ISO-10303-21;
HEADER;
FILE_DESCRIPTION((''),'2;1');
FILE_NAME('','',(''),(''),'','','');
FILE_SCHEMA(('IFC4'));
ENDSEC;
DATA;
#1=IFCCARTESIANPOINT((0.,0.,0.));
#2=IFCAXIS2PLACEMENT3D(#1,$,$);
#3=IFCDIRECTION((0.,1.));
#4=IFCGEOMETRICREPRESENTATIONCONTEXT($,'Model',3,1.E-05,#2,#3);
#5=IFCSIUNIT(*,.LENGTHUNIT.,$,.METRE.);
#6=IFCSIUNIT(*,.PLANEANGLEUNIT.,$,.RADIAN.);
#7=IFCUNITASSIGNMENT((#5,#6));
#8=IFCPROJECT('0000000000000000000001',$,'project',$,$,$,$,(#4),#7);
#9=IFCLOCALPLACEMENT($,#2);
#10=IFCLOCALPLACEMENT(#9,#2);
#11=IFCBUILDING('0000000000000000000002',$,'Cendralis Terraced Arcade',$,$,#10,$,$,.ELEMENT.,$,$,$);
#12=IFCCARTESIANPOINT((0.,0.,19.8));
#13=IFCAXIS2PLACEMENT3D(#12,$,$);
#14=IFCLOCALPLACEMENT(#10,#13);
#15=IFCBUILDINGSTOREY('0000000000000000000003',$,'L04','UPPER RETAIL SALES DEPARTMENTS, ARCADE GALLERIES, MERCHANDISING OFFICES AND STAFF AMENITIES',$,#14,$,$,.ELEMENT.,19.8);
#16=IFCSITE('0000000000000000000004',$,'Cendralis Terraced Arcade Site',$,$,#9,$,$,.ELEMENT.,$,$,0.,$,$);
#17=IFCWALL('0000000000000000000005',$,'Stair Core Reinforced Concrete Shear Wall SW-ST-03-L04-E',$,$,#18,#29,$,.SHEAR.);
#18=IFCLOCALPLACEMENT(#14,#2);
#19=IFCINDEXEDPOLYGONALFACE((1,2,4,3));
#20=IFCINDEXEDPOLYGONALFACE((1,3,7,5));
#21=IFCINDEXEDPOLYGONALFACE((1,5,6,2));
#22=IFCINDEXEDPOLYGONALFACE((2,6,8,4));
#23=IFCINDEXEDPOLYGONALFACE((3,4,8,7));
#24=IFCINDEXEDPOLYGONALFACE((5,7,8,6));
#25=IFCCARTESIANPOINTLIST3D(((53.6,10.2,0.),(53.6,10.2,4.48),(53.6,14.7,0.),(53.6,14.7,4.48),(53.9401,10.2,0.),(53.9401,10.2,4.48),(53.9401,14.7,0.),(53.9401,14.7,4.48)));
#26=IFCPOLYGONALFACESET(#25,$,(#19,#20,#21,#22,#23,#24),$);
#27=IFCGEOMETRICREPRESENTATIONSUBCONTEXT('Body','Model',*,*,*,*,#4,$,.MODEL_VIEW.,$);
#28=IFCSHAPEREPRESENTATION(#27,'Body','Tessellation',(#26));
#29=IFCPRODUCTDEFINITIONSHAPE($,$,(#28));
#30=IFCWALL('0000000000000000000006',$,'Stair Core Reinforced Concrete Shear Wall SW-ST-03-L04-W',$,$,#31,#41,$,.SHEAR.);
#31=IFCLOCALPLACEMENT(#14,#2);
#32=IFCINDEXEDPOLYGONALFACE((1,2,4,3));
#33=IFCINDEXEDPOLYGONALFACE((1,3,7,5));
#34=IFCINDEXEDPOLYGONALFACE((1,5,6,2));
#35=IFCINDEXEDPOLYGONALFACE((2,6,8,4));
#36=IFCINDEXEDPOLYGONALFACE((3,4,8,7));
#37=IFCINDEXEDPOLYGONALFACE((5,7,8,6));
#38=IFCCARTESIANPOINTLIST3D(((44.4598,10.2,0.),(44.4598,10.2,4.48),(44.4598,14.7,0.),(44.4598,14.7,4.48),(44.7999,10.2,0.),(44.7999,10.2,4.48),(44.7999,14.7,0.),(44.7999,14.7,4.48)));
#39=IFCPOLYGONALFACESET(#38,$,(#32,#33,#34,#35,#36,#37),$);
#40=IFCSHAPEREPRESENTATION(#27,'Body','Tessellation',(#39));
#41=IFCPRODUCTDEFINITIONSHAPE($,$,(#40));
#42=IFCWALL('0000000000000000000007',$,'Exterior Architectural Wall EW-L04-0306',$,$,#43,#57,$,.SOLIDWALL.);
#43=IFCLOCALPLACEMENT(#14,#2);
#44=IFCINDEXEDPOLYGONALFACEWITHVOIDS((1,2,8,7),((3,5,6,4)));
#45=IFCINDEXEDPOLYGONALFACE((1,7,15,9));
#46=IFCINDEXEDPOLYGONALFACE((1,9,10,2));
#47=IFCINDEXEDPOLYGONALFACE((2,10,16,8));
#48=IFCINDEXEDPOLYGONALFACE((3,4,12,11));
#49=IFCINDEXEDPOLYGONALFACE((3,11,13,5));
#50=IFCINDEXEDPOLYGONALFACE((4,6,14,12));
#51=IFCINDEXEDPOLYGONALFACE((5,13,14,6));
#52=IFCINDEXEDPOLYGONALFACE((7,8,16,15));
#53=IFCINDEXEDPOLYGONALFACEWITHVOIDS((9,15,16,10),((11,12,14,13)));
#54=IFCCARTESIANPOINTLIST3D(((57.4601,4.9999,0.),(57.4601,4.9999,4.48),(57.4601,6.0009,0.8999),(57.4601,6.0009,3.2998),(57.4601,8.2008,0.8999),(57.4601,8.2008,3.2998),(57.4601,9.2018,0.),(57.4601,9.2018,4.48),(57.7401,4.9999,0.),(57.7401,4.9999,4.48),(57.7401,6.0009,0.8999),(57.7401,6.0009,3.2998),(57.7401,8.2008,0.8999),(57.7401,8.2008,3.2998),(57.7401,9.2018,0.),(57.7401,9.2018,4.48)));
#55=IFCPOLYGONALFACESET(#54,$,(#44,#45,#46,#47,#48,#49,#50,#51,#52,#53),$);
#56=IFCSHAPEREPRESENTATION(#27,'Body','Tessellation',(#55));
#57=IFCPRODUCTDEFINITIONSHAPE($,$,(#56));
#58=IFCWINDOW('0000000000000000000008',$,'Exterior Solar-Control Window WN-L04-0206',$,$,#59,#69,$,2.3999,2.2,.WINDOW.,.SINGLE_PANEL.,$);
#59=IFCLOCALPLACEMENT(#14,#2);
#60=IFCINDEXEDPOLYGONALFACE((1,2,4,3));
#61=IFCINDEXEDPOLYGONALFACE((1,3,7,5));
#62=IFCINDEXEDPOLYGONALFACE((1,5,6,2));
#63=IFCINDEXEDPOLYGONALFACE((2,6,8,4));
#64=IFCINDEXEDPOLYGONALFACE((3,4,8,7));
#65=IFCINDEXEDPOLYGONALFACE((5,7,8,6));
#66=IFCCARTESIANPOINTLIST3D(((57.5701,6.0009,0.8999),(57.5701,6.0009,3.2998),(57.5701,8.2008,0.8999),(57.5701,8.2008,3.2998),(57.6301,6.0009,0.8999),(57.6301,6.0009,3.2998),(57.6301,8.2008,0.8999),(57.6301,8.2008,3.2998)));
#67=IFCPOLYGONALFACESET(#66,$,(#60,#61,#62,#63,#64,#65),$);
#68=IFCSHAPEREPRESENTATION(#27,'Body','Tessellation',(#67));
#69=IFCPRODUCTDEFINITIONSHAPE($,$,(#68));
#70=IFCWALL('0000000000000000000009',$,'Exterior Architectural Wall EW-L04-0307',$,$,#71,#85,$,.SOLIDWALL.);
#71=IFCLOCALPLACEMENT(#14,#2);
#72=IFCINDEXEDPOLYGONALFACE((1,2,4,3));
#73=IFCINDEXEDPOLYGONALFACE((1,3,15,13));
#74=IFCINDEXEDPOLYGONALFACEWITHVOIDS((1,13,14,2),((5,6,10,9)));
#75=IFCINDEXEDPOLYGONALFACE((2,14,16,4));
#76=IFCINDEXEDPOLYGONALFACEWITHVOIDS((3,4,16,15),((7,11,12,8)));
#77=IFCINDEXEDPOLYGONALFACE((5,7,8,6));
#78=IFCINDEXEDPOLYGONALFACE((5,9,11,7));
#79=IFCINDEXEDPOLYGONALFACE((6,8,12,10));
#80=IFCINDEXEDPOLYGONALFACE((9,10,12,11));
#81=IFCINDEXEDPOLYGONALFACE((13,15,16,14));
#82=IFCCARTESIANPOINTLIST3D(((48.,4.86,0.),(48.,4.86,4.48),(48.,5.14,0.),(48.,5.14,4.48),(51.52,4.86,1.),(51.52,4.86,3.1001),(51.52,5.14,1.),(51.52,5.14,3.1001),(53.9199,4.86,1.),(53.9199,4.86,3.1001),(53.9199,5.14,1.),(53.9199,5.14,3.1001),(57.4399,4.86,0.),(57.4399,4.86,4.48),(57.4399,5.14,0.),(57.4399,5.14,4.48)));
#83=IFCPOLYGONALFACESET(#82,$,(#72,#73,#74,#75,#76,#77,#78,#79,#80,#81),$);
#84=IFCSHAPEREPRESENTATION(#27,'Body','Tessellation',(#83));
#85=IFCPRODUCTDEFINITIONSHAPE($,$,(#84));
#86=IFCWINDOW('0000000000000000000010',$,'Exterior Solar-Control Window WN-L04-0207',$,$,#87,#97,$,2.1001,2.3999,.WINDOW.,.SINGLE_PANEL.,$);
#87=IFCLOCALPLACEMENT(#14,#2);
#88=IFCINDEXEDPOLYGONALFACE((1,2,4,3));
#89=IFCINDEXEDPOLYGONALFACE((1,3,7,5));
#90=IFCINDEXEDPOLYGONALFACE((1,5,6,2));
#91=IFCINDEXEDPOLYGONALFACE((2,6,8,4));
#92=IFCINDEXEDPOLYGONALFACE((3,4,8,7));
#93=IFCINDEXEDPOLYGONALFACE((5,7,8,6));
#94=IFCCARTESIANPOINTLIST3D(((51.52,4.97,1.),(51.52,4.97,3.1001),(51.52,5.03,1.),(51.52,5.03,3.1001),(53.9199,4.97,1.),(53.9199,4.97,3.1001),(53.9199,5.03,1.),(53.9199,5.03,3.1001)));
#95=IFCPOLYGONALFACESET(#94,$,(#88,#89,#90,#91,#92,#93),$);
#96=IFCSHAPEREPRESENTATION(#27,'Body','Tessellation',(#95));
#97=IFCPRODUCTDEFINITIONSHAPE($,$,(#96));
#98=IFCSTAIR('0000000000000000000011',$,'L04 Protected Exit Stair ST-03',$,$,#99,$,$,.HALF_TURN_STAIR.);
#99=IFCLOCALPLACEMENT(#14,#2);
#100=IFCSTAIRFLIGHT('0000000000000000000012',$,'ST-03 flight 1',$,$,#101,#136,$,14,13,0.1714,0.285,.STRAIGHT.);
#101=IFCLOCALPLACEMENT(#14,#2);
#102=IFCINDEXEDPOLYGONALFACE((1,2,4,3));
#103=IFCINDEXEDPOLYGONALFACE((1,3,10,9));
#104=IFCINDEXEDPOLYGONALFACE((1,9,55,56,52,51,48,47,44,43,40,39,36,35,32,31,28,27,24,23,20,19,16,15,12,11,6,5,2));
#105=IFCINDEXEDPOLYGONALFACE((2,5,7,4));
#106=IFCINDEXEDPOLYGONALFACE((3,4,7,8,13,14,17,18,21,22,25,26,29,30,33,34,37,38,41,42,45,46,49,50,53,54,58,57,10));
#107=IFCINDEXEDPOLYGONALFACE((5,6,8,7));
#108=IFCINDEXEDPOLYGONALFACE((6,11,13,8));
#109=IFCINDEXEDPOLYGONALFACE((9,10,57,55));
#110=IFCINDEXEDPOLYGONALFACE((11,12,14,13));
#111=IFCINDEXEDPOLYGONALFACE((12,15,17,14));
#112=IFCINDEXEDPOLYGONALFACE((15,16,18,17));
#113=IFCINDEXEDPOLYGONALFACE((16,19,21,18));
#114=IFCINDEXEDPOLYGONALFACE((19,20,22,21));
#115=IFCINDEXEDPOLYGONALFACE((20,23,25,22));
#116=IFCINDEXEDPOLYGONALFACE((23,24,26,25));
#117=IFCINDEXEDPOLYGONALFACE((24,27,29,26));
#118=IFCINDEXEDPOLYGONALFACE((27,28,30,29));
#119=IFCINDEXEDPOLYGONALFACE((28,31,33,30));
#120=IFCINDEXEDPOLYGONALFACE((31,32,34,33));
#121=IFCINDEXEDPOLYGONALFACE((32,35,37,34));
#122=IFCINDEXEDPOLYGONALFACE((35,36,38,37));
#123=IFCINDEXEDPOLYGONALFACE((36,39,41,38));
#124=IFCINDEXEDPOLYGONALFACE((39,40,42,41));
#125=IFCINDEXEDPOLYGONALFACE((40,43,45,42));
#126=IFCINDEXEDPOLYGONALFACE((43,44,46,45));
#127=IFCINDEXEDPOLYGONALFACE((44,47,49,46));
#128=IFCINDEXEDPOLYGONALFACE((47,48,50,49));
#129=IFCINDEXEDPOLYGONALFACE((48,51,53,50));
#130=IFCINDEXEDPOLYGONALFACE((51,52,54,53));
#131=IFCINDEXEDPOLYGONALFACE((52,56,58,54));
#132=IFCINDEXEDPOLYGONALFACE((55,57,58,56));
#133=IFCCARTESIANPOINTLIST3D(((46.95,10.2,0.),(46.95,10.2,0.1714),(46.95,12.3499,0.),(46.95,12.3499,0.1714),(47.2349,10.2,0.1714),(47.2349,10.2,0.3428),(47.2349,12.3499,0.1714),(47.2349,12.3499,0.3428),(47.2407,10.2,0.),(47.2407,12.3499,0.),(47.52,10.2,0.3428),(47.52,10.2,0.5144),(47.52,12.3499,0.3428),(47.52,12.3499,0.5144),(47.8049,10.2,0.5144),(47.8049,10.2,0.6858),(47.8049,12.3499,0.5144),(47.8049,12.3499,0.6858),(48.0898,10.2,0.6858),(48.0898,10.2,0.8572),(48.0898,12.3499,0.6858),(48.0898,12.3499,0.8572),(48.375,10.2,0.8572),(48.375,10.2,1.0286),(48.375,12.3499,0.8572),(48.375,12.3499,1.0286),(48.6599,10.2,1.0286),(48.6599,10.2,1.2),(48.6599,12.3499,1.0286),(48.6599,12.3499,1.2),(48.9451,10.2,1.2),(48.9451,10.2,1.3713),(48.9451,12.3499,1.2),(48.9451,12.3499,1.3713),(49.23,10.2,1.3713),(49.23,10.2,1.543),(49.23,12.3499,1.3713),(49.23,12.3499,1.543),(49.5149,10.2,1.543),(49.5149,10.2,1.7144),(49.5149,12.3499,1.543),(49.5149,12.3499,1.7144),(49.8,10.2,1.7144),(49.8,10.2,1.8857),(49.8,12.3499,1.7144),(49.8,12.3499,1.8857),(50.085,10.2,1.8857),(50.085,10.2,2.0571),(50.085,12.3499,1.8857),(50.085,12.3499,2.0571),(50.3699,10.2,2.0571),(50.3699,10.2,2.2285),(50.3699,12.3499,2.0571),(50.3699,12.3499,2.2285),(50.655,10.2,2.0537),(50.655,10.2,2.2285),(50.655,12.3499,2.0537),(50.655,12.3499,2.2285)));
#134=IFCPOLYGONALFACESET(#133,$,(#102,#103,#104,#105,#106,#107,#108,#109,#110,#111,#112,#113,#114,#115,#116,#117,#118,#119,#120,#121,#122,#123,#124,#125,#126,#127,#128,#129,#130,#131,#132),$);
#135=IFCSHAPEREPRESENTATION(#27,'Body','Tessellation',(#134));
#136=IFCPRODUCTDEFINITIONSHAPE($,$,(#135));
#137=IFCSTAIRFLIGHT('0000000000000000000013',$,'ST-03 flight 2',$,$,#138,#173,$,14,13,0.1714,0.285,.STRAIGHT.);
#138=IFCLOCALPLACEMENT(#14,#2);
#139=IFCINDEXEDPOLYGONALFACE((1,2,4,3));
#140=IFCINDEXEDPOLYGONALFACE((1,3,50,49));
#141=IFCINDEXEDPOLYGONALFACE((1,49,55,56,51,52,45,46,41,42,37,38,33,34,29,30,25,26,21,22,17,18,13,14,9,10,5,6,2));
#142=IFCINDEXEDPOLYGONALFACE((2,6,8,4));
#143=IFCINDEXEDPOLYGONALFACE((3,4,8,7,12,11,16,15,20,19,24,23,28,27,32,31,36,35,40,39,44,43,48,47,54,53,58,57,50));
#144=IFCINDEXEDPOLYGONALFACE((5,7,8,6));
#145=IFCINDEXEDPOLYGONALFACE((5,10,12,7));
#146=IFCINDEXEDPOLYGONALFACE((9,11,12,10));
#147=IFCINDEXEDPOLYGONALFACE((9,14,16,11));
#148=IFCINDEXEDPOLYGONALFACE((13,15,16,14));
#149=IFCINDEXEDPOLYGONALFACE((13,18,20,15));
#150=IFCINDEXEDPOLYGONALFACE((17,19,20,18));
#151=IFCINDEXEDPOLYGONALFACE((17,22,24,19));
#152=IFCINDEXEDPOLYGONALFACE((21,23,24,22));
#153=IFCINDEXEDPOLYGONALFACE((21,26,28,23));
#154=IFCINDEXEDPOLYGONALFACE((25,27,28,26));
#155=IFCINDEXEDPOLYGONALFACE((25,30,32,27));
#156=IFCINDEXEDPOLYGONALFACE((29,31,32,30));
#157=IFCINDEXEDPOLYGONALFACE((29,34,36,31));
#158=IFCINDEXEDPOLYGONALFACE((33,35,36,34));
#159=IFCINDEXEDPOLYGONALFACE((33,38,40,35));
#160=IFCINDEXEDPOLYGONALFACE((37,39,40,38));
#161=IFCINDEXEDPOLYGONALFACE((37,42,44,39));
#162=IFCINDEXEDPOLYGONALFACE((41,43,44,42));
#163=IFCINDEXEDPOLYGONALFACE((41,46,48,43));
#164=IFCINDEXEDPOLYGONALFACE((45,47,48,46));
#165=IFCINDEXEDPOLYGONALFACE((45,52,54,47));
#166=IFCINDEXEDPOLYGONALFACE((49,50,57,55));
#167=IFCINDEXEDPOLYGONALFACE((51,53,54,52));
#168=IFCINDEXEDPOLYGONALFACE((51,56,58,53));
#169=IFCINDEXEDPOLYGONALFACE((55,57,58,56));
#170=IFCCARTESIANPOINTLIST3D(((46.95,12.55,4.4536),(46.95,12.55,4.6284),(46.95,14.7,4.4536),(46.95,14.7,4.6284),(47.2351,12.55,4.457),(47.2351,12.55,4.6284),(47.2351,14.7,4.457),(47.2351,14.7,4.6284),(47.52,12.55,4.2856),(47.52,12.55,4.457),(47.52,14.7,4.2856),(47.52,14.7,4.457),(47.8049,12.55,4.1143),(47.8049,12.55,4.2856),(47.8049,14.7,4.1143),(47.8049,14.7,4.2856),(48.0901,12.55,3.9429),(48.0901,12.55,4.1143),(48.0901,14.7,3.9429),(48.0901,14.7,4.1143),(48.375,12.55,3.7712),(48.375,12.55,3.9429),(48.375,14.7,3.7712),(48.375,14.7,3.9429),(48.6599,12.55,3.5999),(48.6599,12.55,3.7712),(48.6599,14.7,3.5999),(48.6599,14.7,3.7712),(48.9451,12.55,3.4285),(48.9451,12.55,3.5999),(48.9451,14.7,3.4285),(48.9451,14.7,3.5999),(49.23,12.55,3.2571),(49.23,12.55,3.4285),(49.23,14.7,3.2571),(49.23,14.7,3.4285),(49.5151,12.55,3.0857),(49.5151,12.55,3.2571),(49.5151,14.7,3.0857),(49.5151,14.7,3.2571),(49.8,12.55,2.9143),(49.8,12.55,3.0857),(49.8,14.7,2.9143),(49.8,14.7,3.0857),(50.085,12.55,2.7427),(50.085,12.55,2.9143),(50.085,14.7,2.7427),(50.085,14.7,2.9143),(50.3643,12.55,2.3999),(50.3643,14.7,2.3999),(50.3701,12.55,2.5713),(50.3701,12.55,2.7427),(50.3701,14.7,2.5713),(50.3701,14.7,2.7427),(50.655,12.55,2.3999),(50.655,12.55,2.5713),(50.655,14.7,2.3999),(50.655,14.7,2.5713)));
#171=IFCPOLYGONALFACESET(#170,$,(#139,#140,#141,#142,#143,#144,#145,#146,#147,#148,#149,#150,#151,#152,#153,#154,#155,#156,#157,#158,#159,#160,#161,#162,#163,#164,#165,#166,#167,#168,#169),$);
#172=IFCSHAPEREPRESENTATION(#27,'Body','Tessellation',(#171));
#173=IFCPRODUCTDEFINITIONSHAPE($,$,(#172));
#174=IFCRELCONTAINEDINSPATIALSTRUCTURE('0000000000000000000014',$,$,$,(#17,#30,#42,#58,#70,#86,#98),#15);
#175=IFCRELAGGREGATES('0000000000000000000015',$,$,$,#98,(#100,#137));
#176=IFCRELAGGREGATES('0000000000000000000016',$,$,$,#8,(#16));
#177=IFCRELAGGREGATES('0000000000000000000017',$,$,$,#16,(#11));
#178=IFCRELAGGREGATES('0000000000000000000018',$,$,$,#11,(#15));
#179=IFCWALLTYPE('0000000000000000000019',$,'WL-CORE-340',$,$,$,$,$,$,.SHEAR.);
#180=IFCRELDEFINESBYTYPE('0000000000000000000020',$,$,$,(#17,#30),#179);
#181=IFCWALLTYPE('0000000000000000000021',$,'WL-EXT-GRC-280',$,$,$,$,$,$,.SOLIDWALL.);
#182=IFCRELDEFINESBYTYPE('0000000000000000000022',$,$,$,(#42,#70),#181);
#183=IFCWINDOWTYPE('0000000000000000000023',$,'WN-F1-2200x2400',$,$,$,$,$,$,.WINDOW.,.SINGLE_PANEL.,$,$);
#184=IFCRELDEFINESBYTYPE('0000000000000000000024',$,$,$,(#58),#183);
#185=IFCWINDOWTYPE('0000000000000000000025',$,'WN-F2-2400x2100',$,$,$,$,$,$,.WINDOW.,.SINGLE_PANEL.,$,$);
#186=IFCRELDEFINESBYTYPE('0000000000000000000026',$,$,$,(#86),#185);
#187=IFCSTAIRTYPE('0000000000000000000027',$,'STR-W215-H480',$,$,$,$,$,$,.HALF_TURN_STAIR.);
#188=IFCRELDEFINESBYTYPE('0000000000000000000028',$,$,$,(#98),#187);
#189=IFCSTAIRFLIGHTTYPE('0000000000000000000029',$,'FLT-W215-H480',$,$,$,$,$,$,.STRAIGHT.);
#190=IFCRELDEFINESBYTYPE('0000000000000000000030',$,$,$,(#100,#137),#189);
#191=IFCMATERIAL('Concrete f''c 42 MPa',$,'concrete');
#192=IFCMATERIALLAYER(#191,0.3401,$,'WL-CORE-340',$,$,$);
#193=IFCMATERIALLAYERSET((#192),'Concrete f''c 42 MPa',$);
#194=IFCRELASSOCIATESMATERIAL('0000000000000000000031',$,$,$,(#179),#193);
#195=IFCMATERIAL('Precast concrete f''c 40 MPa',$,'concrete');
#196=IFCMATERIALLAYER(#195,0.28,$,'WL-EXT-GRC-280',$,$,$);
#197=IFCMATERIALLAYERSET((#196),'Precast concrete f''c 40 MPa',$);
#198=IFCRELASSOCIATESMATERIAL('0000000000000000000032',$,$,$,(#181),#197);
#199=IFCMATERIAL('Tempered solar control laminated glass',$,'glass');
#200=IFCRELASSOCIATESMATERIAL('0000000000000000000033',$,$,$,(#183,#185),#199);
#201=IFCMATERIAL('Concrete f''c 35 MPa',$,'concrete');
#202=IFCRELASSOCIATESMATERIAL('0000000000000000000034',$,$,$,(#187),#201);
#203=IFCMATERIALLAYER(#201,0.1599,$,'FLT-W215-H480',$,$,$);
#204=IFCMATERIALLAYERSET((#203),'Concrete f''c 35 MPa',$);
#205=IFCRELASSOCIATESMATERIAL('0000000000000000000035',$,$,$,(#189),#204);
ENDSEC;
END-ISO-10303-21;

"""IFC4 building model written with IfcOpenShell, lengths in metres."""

from ifc_helpers import new_model, si_unit, direction, frame, frame_2d, origin, place, context, subcontext, project, spatial, polyline, rectangle, outline, extrude, material, layer, layer_set, type_object, element, fill, aggregate, save


model = new_model("IFC4")

# Units and contexts
model_context = context("Model", 3, precision=1e-05, world=origin(), true_north=direction((0.0, 1.0)))
body_context = subcontext(model_context, "Body", "Model", "MODEL_VIEW")
ifc_project = project(units=[si_unit("LENGTHUNIT", "METRE"), si_unit("PLANEANGLEUNIT", "RADIAN")], contexts=[model_context])

# Site, building, storey
site_placement = place(None, origin())
site = spatial("IfcSite", under=ifc_project, at=site_placement, Name="Cendralis Terraced Arcade Site", CompositionType="ELEMENT", RefElevation=0.0)
building_placement = place(site_placement, origin())
building = spatial("IfcBuilding", under=site, at=building_placement, Name="Cendralis Terraced Arcade", CompositionType="ELEMENT")
storey_placement = place(building_placement, frame((0.0, 0.0, 19.8)))
storey = spatial("IfcBuildingStorey", under=building, at=storey_placement, Name="L04", Description="UPPER RETAIL SALES DEPARTMENTS, ARCADE GALLERIES, MERCHANDISING OFFICES AND STAFF AMENITIES", CompositionType="ELEMENT", Elevation=19.8)

# Shared definitions
ifc_material_1 = material(Name="Concrete f'c 42 MPa", Category="concrete")

# Shared definitions
ifc_material_2 = material(Name="Concrete f'c 35 MPa", Category="concrete")

# Shared definitions
ifc_material_3 = material(Name="Tempered solar control laminated glass", Category="glass")

# Walls
ifc_layer_1 = layer(ifc_material_1, 0.3401, Name="WL-CORE-340")
ifc_layer_set_1 = layer_set([ifc_layer_1], Name="Concrete f'c 42 MPa")
wall_type_1 = type_object("IfcWallType", Name="WL-CORE-340", PredefinedType="SHEAR", material=ifc_layer_set_1)
for number, where, z_axis, x_axis, name in (
    (1, (53.77, 10.2, 0.0), (0.0, 0.0, 1.0), (0.0, 1.0, 0.0), "Stair Core Reinforced Concrete Shear Wall SW-ST-03-L04-E"),
    (2, (44.6299, 10.2, 0.0), (0.0, 0.0, 1.0), (0.0, 1.0, 0.0), "Stair Core Reinforced Concrete Shear Wall SW-ST-03-L04-W"),
):
    element("IfcWall", number, at=place(storey_placement, frame(where, z_axis=z_axis, x_axis=x_axis)), inside=storey, type_object=wall_type_1, Name=name, PredefinedType="SHEAR", context=body_context, shape_type="SweptSolid", body=[
        extrude(rectangle(XDim=4.5, YDim=0.3401, at=frame_2d((2.25, 0.0))), origin(), (0.0, 0.0, 1.0), 4.48),
    ])

# Walls, openings, windows
ifc_material_4 = material(Name="Precast concrete f'c 40 MPa", Category="concrete")
ifc_layer_2 = layer(ifc_material_4, 0.28, Name="WL-EXT-GRC-280")
ifc_layer_set_2 = layer_set([ifc_layer_2], Name="Precast concrete f'c 40 MPa")
wall_type_2 = type_object("IfcWallType", Name="WL-EXT-GRC-280", PredefinedType="SOLIDWALL", material=ifc_layer_set_2)
wall_1_placement = place(storey_placement, frame((57.6001, 9.2019, 0.0), z_axis=(0.0, 0.0, 1.0), x_axis=(0.0, -1.0, 0.0)))
wall_1 = element("IfcWall", 3, at=wall_1_placement, inside=storey, type_object=wall_type_2, Name="Exterior Architectural Wall EW-L04-0306", PredefinedType="SOLIDWALL", context=body_context, shape_type="SweptSolid", body=[
    extrude(rectangle(XDim=4.2019, YDim=0.28, at=frame_2d((2.1011, 0.0))), origin(), (0.0, 0.0, 1.0), 4.48),
])
opening_1_placement = place(wall_1_placement, frame((1.001, 0.0, 0.8999)))
opening_1 = element("IfcOpeningElement", 4, at=opening_1_placement, cuts=wall_1, PredefinedType="OPENING", context=body_context, shape_type="SweptSolid", body=[
    extrude(rectangle(XDim=2.2, YDim=2.3999, at=frame_2d((1.1001, 1.2))), frame((0.0, 0.1519, 0.0), z_axis=(0.0, -1.0, 0.0), x_axis=(1.0, 0.0, 0.0)), (0.0, 0.0, 1.0), 0.304),
])
window_type_1 = type_object("IfcWindowType", Name="WN-F1-2200x2400", PartitioningType="SINGLE_PANEL", PredefinedType="WINDOW", material=ifc_material_3)
window_1_placement = place(opening_1_placement, origin())
window_1 = element("IfcWindow", 5, at=window_1_placement, inside=storey, type_object=window_type_1, Name="Exterior Solar-Control Window WN-L04-0206", OverallHeight=2.3999, OverallWidth=2.2, PartitioningType="SINGLE_PANEL", PredefinedType="WINDOW", context=body_context, shape_type="SweptSolid", body=[
    extrude(rectangle(XDim=2.2, YDim=2.3999, at=frame_2d((1.1001, 1.2))), frame((0.0, 0.03, 0.0), z_axis=(0.0, -1.0, 0.0), x_axis=(1.0, 0.0, 0.0)), (0.0, 0.0, 1.0), 0.0601),
])
fill(opening_1, window_1)
wall_2_placement = place(storey_placement, frame((57.4399, 5.0, 0.0), z_axis=(0.0, 0.0, 1.0), x_axis=(-1.0, 0.0, 0.0)))
wall_2 = element("IfcWall", 6, at=wall_2_placement, inside=storey, type_object=wall_type_2, Name="Exterior Architectural Wall EW-L04-0307", PredefinedType="SOLIDWALL", context=body_context, shape_type="SweptSolid", body=[
    extrude(rectangle(XDim=9.4399, YDim=0.28, at=frame_2d((4.72, 0.0))), origin(), (0.0, 0.0, 1.0), 4.48),
])
opening_2_placement = place(wall_2_placement, frame((3.52, 0.0, 1.0)))
opening_2 = element("IfcOpeningElement", 7, at=opening_2_placement, cuts=wall_2, PredefinedType="OPENING", context=body_context, shape_type="SweptSolid", body=[
    extrude(rectangle(XDim=2.3999, YDim=2.1001, at=frame_2d((1.2, 1.05))), frame((0.0, 0.1519, 0.0), z_axis=(0.0, -1.0, 0.0), x_axis=(1.0, 0.0, 0.0)), (0.0, 0.0, 1.0), 0.304),
])
window_type_2 = type_object("IfcWindowType", Name="WN-F2-2400x2100", PartitioningType="SINGLE_PANEL", PredefinedType="WINDOW", material=ifc_material_3)
window_2_placement = place(opening_2_placement, origin())
window_2 = element("IfcWindow", 8, at=window_2_placement, inside=storey, type_object=window_type_2, Name="Exterior Solar-Control Window WN-L04-0207", OverallHeight=2.1001, OverallWidth=2.3999, PartitioningType="SINGLE_PANEL", PredefinedType="WINDOW", context=body_context, shape_type="SweptSolid", body=[
    extrude(rectangle(XDim=2.3999, YDim=2.1001, at=frame_2d((1.2, 1.05))), frame((0.0, 0.03, 0.0), z_axis=(0.0, -1.0, 0.0), x_axis=(1.0, 0.0, 0.0)), (0.0, 0.0, 1.0), 0.0601),
])
fill(opening_2, window_2)

# Stair, stair flights
stair_type = type_object("IfcStairType", Name="STR-W215-H480", PredefinedType="HALF_TURN_STAIR", material=ifc_material_2)
stair_placement = place(storey_placement, origin())
stair = element("IfcStair", 9, at=stair_placement, inside=storey, type_object=stair_type, Name="L04 Protected Exit Stair ST-03", PredefinedType="HALF_TURN_STAIR")
ifc_layer_3 = layer(ifc_material_2, 0.1599, Name="FLT-W215-H480")
ifc_layer_set_3 = layer_set([ifc_layer_3], Name="Concrete f'c 35 MPa")
stair_flight_type = type_object("IfcStairFlightType", Name="FLT-W215-H480", PredefinedType="STRAIGHT", material=ifc_layer_set_3)
stair_flight_1_placement = place(storey_placement, frame((46.95, 11.2749, 0.0), z_axis=(0.0, 0.0, 1.0), x_axis=(1.0, 0.0, 0.0)))
stair_flight_1 = element("IfcStairFlight", 10, at=stair_flight_1_placement, type_object=stair_flight_type, Name="ST-03 flight 1", NumberOfRisers=14, NumberOfTreads=13, PredefinedType="STRAIGHT", RiserHeight=0.1714, TreadLength=0.285, context=body_context, shape_type="SweptSolid", body=[
    extrude(outline(polyline([(0.0, 0.0), (0.0, 0.1714), (0.2849, 0.1714), (0.2849, 0.3428), (0.5701, 0.3428), (0.5701, 0.5144), (0.855, 0.5144), (0.855, 0.6858), (1.1399, 0.6858), (1.1399, 0.8572), (1.425, 0.8572), (1.425, 1.0286), (1.71, 1.0286), (1.71, 1.2), (1.9951, 1.2), (1.9951, 1.3713), (2.28, 1.3713), (2.28, 1.543), (2.5649, 1.543), (2.5649, 1.7144), (2.8501, 1.7144), (2.8501, 1.8857), (3.135, 1.8857), (3.135, 2.0571), (3.4199, 2.0571), (3.4199, 2.2285), (3.7051, 2.2285), (3.7051, 2.3999), (3.7051, 2.0537), (0.2908, 0.0), (0.0, 0.0)])), frame((0.0, 1.075, 0.0), z_axis=(0.0, -1.0, 0.0), x_axis=(1.0, 0.0, 0.0)), (0.0, 0.0, 1.0), 2.1499),
])
stair_flight_2_placement = place(storey_placement, frame((50.655, 13.625, 2.3999), z_axis=(0.0, 0.0, 1.0), x_axis=(-1.0, 0.0, 0.0)))
stair_flight_2 = element("IfcStairFlight", 11, at=stair_flight_2_placement, type_object=stair_flight_type, Name="ST-03 flight 2", NumberOfRisers=14, NumberOfTreads=13, PredefinedType="STRAIGHT", RiserHeight=0.1714, TreadLength=0.285, context=body_context, shape_type="SweptSolid", body=[
    extrude(outline(polyline([(0.0, 0.0), (0.0, 0.1714), (0.2849, 0.1714), (0.2849, 0.3428), (0.5701, 0.3428), (0.5701, 0.5144), (0.855, 0.5144), (0.855, 0.6858), (1.1399, 0.6858), (1.1399, 0.8572), (1.425, 0.8572), (1.425, 1.0286), (1.71, 1.0286), (1.71, 1.2), (1.9951, 1.2), (1.9951, 1.3713), (2.28, 1.3713), (2.28, 1.543), (2.5649, 1.543), (2.5649, 1.7144), (2.8501, 1.7144), (2.8501, 1.8857), (3.135, 1.8857), (3.135, 2.0571), (3.4199, 2.0571), (3.4199, 2.2285), (3.7051, 2.2285), (3.7051, 2.3999), (3.7051, 2.0537), (0.2908, 0.0), (0.0, 0.0)])), frame((0.0, 1.075, 0.0), z_axis=(0.0, -1.0, 0.0), x_axis=(1.0, 0.0, 0.0)), (0.0, 0.0, 1.0), 2.1499),
])
aggregate(stair, [stair_flight_1, stair_flight_2])

save(model, "model.ifc")
